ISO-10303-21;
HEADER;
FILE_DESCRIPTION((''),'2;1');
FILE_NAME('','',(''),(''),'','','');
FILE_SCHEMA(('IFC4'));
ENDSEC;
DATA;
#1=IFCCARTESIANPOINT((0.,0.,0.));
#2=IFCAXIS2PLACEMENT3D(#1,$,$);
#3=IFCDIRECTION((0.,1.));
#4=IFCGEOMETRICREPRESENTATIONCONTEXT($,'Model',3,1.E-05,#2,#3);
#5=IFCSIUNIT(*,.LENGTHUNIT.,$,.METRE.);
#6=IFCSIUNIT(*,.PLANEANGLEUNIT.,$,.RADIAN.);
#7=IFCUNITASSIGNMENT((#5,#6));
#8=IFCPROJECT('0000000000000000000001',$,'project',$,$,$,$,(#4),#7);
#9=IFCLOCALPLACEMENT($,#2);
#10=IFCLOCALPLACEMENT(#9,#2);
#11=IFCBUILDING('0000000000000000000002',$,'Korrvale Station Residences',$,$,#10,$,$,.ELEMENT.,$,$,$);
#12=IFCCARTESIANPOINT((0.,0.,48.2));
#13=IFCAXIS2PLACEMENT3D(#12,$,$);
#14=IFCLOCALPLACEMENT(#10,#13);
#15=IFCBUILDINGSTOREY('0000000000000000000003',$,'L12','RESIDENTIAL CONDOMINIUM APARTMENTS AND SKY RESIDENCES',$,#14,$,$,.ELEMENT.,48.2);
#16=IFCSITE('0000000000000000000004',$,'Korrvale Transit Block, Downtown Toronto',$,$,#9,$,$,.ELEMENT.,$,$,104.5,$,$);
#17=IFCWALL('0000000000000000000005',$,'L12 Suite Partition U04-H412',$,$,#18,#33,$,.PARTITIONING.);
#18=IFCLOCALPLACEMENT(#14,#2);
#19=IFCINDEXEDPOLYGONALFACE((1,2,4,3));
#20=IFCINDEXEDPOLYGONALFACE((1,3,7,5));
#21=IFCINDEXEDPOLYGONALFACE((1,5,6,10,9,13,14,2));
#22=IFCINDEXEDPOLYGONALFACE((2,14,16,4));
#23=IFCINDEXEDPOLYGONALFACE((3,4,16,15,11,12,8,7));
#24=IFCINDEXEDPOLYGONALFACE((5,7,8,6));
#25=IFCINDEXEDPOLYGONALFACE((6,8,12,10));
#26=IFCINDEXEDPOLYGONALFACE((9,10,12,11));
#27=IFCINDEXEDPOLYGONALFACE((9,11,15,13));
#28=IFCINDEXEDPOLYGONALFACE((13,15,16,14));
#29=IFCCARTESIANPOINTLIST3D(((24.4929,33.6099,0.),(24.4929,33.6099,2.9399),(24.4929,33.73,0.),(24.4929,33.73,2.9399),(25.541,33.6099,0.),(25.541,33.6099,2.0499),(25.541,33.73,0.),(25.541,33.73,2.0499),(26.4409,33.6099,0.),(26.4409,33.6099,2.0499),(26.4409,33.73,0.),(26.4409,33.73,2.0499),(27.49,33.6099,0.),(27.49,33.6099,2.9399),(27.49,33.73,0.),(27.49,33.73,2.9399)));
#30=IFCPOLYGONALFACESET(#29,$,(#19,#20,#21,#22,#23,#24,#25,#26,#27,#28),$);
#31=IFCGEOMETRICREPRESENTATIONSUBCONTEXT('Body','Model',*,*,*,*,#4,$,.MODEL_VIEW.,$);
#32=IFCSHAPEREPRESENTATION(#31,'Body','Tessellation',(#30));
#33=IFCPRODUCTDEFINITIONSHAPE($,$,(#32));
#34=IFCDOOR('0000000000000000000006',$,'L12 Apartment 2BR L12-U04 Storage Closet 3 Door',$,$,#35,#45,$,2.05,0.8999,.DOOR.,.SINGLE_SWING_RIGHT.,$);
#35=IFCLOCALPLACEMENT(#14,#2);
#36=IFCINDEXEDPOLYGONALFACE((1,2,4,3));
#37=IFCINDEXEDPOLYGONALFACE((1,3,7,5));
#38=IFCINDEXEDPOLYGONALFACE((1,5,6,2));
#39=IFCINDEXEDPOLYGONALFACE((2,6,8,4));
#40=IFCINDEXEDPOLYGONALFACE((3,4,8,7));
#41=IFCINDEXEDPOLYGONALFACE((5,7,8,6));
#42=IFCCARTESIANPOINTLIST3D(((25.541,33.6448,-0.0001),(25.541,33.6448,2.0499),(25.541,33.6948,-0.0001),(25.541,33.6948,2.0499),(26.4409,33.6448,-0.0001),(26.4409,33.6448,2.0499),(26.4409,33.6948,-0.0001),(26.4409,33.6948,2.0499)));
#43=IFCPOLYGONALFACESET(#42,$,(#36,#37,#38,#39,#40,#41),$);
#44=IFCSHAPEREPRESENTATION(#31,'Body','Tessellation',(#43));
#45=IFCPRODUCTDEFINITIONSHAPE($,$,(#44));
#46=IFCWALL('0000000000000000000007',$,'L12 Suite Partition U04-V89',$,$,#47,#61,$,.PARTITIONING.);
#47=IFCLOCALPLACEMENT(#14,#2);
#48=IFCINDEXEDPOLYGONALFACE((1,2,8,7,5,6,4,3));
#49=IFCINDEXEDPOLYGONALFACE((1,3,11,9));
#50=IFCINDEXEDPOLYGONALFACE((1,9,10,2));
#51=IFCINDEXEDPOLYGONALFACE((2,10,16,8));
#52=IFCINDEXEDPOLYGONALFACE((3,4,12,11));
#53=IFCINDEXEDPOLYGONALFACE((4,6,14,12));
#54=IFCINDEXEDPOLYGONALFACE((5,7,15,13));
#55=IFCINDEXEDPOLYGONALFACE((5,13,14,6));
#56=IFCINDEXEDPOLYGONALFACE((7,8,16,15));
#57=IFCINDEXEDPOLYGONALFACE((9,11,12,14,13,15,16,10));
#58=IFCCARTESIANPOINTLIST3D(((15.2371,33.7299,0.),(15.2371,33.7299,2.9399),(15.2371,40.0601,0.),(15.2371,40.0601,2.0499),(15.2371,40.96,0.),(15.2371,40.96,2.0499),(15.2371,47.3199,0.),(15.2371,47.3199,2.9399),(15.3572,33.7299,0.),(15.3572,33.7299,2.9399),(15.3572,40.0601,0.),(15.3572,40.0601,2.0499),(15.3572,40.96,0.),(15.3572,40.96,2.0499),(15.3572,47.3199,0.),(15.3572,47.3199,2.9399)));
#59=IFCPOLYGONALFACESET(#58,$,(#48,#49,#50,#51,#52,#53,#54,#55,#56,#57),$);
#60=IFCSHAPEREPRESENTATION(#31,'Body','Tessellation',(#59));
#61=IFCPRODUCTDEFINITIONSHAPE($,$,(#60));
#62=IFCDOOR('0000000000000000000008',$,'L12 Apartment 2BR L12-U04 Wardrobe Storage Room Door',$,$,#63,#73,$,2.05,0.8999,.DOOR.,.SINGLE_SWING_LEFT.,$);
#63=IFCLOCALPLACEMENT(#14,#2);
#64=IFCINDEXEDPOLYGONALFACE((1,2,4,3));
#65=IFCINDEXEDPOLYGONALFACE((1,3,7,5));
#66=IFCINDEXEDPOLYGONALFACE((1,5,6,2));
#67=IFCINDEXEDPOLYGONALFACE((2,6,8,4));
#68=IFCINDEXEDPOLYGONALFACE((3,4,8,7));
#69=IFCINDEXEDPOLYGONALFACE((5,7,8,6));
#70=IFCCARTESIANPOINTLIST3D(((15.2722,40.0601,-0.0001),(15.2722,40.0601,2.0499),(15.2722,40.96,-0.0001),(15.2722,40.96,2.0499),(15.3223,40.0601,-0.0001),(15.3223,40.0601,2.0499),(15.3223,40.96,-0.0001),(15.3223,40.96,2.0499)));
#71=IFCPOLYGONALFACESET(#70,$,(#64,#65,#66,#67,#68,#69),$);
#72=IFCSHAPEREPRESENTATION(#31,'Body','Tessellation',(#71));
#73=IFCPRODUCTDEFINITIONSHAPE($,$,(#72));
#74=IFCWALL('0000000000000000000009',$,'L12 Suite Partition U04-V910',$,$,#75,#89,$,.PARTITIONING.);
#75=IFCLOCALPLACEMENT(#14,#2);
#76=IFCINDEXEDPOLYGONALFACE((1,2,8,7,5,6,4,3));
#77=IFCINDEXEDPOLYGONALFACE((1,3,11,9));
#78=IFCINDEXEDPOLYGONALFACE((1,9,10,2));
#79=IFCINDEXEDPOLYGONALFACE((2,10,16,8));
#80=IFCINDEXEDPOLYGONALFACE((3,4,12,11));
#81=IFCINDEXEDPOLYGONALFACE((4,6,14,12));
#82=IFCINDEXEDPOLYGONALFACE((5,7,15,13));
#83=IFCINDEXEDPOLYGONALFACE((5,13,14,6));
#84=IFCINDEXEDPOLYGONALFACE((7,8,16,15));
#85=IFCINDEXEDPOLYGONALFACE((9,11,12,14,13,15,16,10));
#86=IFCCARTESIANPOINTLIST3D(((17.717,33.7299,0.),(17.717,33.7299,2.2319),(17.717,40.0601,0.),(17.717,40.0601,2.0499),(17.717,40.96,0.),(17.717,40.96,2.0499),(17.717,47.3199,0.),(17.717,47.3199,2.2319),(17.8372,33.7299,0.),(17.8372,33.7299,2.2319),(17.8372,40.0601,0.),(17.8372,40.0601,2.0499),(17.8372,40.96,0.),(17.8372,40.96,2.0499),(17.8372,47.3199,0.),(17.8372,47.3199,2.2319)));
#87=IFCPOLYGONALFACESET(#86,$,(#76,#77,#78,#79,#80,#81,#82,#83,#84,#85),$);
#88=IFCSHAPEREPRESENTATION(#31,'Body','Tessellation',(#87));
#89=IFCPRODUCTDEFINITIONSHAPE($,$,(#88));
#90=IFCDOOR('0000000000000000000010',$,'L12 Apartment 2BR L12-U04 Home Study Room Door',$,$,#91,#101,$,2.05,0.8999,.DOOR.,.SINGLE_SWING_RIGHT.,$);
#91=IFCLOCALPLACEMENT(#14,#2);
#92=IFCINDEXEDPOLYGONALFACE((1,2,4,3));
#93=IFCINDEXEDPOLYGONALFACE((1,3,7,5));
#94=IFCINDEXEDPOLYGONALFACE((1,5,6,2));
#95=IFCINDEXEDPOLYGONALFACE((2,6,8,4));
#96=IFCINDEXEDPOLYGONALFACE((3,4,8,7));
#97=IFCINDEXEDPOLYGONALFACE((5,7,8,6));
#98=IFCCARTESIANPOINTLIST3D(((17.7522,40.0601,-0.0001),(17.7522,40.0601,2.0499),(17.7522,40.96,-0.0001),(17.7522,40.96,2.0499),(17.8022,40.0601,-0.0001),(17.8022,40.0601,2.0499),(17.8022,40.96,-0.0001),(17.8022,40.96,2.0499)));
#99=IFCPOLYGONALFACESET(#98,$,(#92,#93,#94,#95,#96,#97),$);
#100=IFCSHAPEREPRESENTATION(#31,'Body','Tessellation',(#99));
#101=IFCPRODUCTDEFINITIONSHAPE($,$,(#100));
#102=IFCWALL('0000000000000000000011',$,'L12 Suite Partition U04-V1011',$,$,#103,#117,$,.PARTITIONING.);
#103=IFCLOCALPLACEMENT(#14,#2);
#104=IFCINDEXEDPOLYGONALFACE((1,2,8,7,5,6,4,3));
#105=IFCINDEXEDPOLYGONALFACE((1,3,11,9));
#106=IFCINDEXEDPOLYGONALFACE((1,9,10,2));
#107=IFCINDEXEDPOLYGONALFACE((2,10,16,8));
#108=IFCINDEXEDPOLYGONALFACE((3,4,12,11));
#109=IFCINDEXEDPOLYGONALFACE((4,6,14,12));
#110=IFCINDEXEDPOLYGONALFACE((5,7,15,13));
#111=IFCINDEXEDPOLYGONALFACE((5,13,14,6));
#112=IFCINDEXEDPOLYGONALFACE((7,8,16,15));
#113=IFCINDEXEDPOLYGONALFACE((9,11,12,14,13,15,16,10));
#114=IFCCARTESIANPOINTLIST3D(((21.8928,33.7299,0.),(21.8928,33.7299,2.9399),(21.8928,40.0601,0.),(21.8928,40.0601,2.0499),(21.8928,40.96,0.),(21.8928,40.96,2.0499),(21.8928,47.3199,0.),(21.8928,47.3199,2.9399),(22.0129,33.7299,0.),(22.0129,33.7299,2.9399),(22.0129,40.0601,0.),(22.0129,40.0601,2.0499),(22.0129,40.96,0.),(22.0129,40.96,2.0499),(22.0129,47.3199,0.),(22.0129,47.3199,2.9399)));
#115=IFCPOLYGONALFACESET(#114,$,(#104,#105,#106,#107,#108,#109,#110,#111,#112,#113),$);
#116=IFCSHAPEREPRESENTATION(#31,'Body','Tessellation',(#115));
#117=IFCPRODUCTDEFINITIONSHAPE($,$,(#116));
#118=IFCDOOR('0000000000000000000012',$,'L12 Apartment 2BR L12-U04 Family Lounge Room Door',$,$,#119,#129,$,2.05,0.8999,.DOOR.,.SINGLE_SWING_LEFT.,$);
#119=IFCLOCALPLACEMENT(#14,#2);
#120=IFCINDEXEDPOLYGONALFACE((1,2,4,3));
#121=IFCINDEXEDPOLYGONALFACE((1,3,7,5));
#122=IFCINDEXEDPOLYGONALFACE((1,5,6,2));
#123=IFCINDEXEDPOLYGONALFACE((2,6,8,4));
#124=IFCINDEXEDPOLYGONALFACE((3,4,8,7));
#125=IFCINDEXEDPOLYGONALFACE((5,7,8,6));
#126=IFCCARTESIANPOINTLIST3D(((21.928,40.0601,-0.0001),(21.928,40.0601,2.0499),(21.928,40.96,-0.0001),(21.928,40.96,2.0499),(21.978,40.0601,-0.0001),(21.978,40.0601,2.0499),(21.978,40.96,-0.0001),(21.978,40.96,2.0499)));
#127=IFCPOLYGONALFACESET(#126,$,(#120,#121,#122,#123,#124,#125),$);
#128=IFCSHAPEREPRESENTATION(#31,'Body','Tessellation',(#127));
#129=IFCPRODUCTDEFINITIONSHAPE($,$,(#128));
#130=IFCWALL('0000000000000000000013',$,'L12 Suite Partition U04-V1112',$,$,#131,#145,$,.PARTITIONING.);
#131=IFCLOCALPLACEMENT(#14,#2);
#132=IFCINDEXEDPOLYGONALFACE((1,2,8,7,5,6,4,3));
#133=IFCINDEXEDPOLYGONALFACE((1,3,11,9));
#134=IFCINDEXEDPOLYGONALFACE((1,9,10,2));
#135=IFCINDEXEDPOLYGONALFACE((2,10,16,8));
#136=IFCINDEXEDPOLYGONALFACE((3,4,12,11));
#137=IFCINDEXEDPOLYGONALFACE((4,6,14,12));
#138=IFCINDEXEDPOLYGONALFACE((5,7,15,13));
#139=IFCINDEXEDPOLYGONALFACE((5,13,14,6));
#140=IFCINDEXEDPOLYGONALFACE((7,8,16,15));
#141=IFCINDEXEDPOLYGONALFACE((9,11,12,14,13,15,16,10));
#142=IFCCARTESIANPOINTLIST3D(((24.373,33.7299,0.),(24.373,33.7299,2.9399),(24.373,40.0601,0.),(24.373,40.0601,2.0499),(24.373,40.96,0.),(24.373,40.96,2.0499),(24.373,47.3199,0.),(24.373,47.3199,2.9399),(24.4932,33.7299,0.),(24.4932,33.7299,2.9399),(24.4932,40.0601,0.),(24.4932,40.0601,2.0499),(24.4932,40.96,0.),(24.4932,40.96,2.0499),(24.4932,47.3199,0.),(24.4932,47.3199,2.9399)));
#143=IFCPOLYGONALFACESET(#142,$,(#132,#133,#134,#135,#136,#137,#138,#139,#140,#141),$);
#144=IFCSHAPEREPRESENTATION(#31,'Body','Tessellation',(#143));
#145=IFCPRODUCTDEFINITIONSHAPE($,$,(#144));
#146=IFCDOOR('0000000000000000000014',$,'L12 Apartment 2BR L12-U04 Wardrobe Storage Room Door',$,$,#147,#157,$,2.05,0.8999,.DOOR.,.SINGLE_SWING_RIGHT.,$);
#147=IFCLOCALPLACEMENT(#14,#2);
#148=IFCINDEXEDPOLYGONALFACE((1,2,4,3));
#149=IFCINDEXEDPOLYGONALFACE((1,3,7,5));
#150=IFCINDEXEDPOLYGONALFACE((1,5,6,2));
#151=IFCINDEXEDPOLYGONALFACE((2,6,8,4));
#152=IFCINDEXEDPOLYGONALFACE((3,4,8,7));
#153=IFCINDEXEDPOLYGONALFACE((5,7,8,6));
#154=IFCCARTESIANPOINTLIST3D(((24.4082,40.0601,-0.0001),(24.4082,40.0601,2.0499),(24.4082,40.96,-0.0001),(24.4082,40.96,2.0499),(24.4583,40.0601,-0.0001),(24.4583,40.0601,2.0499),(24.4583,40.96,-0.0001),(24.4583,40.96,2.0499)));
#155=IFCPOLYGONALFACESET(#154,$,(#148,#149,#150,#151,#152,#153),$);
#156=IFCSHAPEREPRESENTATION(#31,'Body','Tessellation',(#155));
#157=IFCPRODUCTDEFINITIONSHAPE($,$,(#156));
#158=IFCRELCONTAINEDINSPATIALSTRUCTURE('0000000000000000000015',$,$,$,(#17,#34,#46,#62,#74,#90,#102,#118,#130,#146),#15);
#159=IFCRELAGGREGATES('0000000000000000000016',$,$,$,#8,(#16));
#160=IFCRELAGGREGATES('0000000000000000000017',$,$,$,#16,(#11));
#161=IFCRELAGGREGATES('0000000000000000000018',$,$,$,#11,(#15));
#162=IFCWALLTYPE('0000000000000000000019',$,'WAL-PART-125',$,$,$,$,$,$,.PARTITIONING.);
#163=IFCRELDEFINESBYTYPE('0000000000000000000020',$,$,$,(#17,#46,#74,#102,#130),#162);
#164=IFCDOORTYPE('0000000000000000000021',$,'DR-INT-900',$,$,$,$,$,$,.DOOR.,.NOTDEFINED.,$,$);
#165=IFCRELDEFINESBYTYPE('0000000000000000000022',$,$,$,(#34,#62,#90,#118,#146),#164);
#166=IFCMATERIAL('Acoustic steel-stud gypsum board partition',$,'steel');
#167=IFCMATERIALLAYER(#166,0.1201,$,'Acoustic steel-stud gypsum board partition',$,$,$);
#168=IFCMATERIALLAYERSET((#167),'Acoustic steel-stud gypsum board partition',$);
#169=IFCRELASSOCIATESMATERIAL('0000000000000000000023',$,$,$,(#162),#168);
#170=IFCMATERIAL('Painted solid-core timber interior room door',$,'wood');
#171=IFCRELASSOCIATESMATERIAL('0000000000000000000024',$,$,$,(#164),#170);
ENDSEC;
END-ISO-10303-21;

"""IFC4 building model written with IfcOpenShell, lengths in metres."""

from ifc_helpers import new_model, si_unit, direction, frame, frame_2d, origin, place, context, subcontext, project, spatial, rectangle, extrude, material, layer, layer_set, type_object, element, fill, save


model = new_model("IFC4")

# Units and contexts
model_context = context("Model", 3, precision=1e-05, world=origin(), true_north=direction((0.0, 1.0)))
body_context = subcontext(model_context, "Body", "Model", "MODEL_VIEW")
ifc_project = project(units=[si_unit("LENGTHUNIT", "METRE"), si_unit("PLANEANGLEUNIT", "RADIAN")], contexts=[model_context])

# Site, building, storey
site_placement = place(None, origin())
site = spatial("IfcSite", under=ifc_project, at=site_placement, Name="Korrvale Transit Block, Downtown Toronto", CompositionType="ELEMENT", RefElevation=104.5)
building_placement = place(site_placement, origin())
building = spatial("IfcBuilding", under=site, at=building_placement, Name="Korrvale Station Residences", CompositionType="ELEMENT")
storey_placement = place(building_placement, frame((0.0, 0.0, 48.2)))
storey = spatial("IfcBuildingStorey", under=building, at=storey_placement, Name="L12", Description="RESIDENTIAL CONDOMINIUM APARTMENTS AND SKY RESIDENCES", CompositionType="ELEMENT", Elevation=48.2)

# Shared definitions
ifc_material_1 = material(Name="Acoustic steel-stud gypsum board partition", Category="steel")
ifc_layer = layer(ifc_material_1, 0.1201, Name="Acoustic steel-stud gypsum board partition")
ifc_layer_set = layer_set([ifc_layer], Name="Acoustic steel-stud gypsum board partition")
wall_type = type_object("IfcWallType", Name="WAL-PART-125", PredefinedType="PARTITIONING", material=ifc_layer_set)
ifc_material_2 = material(Name="Painted solid-core timber interior room door", Category="wood")
door_type = type_object("IfcDoorType", Name="DR-INT-900", OperationType="NOTDEFINED", PredefinedType="DOOR", material=ifc_material_2)

# Walls, openings, doors
wall_1_placement = place(storey_placement, frame((24.4929, 33.6699, 0.0), z_axis=(0.0, 0.0, 1.0), x_axis=(1.0, 0.0, 0.0)))
wall_1 = element("IfcWall", 1, at=wall_1_placement, inside=storey, type_object=wall_type, Name="L12 Suite Partition U04-H412", PredefinedType="PARTITIONING", context=body_context, shape_type="SweptSolid", body=[
    extrude(rectangle(XDim=2.9971, YDim=0.1201, at=frame_2d((1.4985, 0.0))), origin(), (0.0, 0.0, 1.0), 2.9399),
])
opening_1_placement = place(wall_1_placement, frame((1.0481, 0.0, 0.0)))
opening_1 = element("IfcOpeningElement", 2, at=opening_1_placement, cuts=wall_1, PredefinedType="OPENING", context=body_context, shape_type="SweptSolid", body=[
    extrude(rectangle(XDim=0.8999, YDim=2.05, at=frame_2d((0.45, 1.0249))), frame((0.0, 0.0701, 0.0), z_axis=(0.0, -1.0, 0.0), x_axis=(1.0, 0.0, 0.0)), (0.0, 0.0, 1.0), 0.1401),
])
door_1_placement = place(opening_1_placement, origin())
door_1 = element("IfcDoor", 3, at=door_1_placement, inside=storey, type_object=door_type, Name="L12 Apartment 2BR L12-U04 Storage Closet 3 Door", OperationType="SINGLE_SWING_RIGHT", OverallHeight=2.05, OverallWidth=0.8999, PredefinedType="DOOR", context=body_context, shape_type="SweptSolid", body=[
    extrude(rectangle(XDim=0.8999, YDim=2.05, at=frame_2d((0.45, 1.0249))), frame((0.0, 0.0249, 0.0), z_axis=(0.0, -1.0, 0.0), x_axis=(1.0, 0.0, 0.0)), (0.0, 0.0, 1.0), 0.05),
])
fill(opening_1, door_1)
wall_2_placement = place(storey_placement, frame((15.2971, 33.73, 0.0), z_axis=(0.0, 0.0, 1.0), x_axis=(0.0, 1.0, 0.0)))
wall_2 = element("IfcWall", 4, at=wall_2_placement, inside=storey, type_object=wall_type, Name="L12 Suite Partition U04-V89", PredefinedType="PARTITIONING", context=body_context, shape_type="SweptSolid", body=[
    extrude(rectangle(XDim=13.5901, YDim=0.1201, at=frame_2d((6.7949, 0.0))), origin(), (0.0, 0.0, 1.0), 2.9399),
])
opening_2_placement = place(wall_2_placement, frame((6.3301, 0.0, 0.0)))
opening_2 = element("IfcOpeningElement", 5, at=opening_2_placement, cuts=wall_2, PredefinedType="OPENING", context=body_context, shape_type="SweptSolid", body=[
    extrude(rectangle(XDim=0.8999, YDim=2.05, at=frame_2d((0.45, 1.0249))), frame((0.0, 0.0701, 0.0), z_axis=(0.0, -1.0, 0.0), x_axis=(1.0, 0.0, 0.0)), (0.0, 0.0, 1.0), 0.1401),
])
door_2_placement = place(opening_2_placement, origin())
door_2 = element("IfcDoor", 6, at=door_2_placement, inside=storey, type_object=door_type, Name="L12 Apartment 2BR L12-U04 Wardrobe Storage Room Door", OperationType="SINGLE_SWING_LEFT", OverallHeight=2.05, OverallWidth=0.8999, PredefinedType="DOOR", context=body_context, shape_type="SweptSolid", body=[
    extrude(rectangle(XDim=0.8999, YDim=2.05, at=frame_2d((0.45, 1.0249))), frame((0.0, 0.0249, 0.0), z_axis=(0.0, -1.0, 0.0), x_axis=(1.0, 0.0, 0.0)), (0.0, 0.0, 1.0), 0.05),
])
fill(opening_2, door_2)
wall_3_placement = place(storey_placement, frame((17.7771, 33.73, 0.0), z_axis=(0.0, 0.0, 1.0), x_axis=(0.0, 1.0, 0.0)))
wall_3 = element("IfcWall", 7, at=wall_3_placement, inside=storey, type_object=wall_type, Name="L12 Suite Partition U04-V910", PredefinedType="PARTITIONING", context=body_context, shape_type="SweptSolid", body=[
    extrude(rectangle(XDim=13.5901, YDim=0.1201, at=frame_2d((6.7949, 0.0))), origin(), (0.0, 0.0, 1.0), 2.2319),
])
opening_3_placement = place(wall_3_placement, frame((6.3301, 0.0, 0.0)))
opening_3 = element("IfcOpeningElement", 8, at=opening_3_placement, cuts=wall_3, PredefinedType="OPENING", context=body_context, shape_type="SweptSolid", body=[
    extrude(rectangle(XDim=0.8999, YDim=2.05, at=frame_2d((0.45, 1.0249))), frame((0.0, 0.0701, 0.0), z_axis=(0.0, -1.0, 0.0), x_axis=(1.0, 0.0, 0.0)), (0.0, 0.0, 1.0), 0.1401),
])
door_3_placement = place(opening_3_placement, origin())
door_3 = element("IfcDoor", 9, at=door_3_placement, inside=storey, type_object=door_type, Name="L12 Apartment 2BR L12-U04 Home Study Room Door", OperationType="SINGLE_SWING_RIGHT", OverallHeight=2.05, OverallWidth=0.8999, PredefinedType="DOOR", context=body_context, shape_type="SweptSolid", body=[
    extrude(rectangle(XDim=0.8999, YDim=2.05, at=frame_2d((0.45, 1.0249))), frame((0.0, 0.0249, 0.0), z_axis=(0.0, -1.0, 0.0), x_axis=(1.0, 0.0, 0.0)), (0.0, 0.0, 1.0), 0.05),
])
fill(opening_3, door_3)
wall_4_placement = place(storey_placement, frame((21.9529, 33.73, 0.0), z_axis=(0.0, 0.0, 1.0), x_axis=(0.0, 1.0, 0.0)))
wall_4 = element("IfcWall", 10, at=wall_4_placement, inside=storey, type_object=wall_type, Name="L12 Suite Partition U04-V1011", PredefinedType="PARTITIONING", context=body_context, shape_type="SweptSolid", body=[
    extrude(rectangle(XDim=13.5901, YDim=0.1201, at=frame_2d((6.7949, 0.0))), origin(), (0.0, 0.0, 1.0), 2.9399),
])
opening_4_placement = place(wall_4_placement, frame((6.3301, 0.0, 0.0)))
opening_4 = element("IfcOpeningElement", 11, at=opening_4_placement, cuts=wall_4, PredefinedType="OPENING", context=body_context, shape_type="SweptSolid", body=[
    extrude(rectangle(XDim=0.8999, YDim=2.05, at=frame_2d((0.45, 1.0249))), frame((0.0, 0.0701, 0.0), z_axis=(0.0, -1.0, 0.0), x_axis=(1.0, 0.0, 0.0)), (0.0, 0.0, 1.0), 0.1401),
])
door_4_placement = place(opening_4_placement, origin())
door_4 = element("IfcDoor", 12, at=door_4_placement, inside=storey, type_object=door_type, Name="L12 Apartment 2BR L12-U04 Family Lounge Room Door", OperationType="SINGLE_SWING_LEFT", OverallHeight=2.05, OverallWidth=0.8999, PredefinedType="DOOR", context=body_context, shape_type="SweptSolid", body=[
    extrude(rectangle(XDim=0.8999, YDim=2.05, at=frame_2d((0.45, 1.0249))), frame((0.0, 0.0249, 0.0), z_axis=(0.0, -1.0, 0.0), x_axis=(1.0, 0.0, 0.0)), (0.0, 0.0, 1.0), 0.05),
])
fill(opening_4, door_4)
wall_5_placement = place(storey_placement, frame((24.4331, 33.73, 0.0), z_axis=(0.0, 0.0, 1.0), x_axis=(0.0, 1.0, 0.0)))
wall_5 = element("IfcWall", 13, at=wall_5_placement, inside=storey, type_object=wall_type, Name="L12 Suite Partition U04-V1112", PredefinedType="PARTITIONING", context=body_context, shape_type="SweptSolid", body=[
    extrude(rectangle(XDim=13.5901, YDim=0.1201, at=frame_2d((6.7949, 0.0))), origin(), (0.0, 0.0, 1.0), 2.9399),
])
opening_5_placement = place(wall_5_placement, frame((6.3301, 0.0, 0.0)))
opening_5 = element("IfcOpeningElement", 14, at=opening_5_placement, cuts=wall_5, PredefinedType="OPENING", context=body_context, shape_type="SweptSolid", body=[
    extrude(rectangle(XDim=0.8999, YDim=2.05, at=frame_2d((0.45, 1.0249))), frame((0.0, 0.0701, 0.0), z_axis=(0.0, -1.0, 0.0), x_axis=(1.0, 0.0, 0.0)), (0.0, 0.0, 1.0), 0.1401),
])
door_5_placement = place(opening_5_placement, origin())
door_5 = element("IfcDoor", 15, at=door_5_placement, inside=storey, type_object=door_type, Name="L12 Apartment 2BR L12-U04 Wardrobe Storage Room Door", OperationType="SINGLE_SWING_RIGHT", OverallHeight=2.05, OverallWidth=0.8999, PredefinedType="DOOR", context=body_context, shape_type="SweptSolid", body=[
    extrude(rectangle(XDim=0.8999, YDim=2.05, at=frame_2d((0.45, 1.0249))), frame((0.0, 0.0249, 0.0), z_axis=(0.0, -1.0, 0.0), x_axis=(1.0, 0.0, 0.0)), (0.0, 0.0, 1.0), 0.05),
])
fill(opening_5, door_5)

save(model, "model.ifc")
